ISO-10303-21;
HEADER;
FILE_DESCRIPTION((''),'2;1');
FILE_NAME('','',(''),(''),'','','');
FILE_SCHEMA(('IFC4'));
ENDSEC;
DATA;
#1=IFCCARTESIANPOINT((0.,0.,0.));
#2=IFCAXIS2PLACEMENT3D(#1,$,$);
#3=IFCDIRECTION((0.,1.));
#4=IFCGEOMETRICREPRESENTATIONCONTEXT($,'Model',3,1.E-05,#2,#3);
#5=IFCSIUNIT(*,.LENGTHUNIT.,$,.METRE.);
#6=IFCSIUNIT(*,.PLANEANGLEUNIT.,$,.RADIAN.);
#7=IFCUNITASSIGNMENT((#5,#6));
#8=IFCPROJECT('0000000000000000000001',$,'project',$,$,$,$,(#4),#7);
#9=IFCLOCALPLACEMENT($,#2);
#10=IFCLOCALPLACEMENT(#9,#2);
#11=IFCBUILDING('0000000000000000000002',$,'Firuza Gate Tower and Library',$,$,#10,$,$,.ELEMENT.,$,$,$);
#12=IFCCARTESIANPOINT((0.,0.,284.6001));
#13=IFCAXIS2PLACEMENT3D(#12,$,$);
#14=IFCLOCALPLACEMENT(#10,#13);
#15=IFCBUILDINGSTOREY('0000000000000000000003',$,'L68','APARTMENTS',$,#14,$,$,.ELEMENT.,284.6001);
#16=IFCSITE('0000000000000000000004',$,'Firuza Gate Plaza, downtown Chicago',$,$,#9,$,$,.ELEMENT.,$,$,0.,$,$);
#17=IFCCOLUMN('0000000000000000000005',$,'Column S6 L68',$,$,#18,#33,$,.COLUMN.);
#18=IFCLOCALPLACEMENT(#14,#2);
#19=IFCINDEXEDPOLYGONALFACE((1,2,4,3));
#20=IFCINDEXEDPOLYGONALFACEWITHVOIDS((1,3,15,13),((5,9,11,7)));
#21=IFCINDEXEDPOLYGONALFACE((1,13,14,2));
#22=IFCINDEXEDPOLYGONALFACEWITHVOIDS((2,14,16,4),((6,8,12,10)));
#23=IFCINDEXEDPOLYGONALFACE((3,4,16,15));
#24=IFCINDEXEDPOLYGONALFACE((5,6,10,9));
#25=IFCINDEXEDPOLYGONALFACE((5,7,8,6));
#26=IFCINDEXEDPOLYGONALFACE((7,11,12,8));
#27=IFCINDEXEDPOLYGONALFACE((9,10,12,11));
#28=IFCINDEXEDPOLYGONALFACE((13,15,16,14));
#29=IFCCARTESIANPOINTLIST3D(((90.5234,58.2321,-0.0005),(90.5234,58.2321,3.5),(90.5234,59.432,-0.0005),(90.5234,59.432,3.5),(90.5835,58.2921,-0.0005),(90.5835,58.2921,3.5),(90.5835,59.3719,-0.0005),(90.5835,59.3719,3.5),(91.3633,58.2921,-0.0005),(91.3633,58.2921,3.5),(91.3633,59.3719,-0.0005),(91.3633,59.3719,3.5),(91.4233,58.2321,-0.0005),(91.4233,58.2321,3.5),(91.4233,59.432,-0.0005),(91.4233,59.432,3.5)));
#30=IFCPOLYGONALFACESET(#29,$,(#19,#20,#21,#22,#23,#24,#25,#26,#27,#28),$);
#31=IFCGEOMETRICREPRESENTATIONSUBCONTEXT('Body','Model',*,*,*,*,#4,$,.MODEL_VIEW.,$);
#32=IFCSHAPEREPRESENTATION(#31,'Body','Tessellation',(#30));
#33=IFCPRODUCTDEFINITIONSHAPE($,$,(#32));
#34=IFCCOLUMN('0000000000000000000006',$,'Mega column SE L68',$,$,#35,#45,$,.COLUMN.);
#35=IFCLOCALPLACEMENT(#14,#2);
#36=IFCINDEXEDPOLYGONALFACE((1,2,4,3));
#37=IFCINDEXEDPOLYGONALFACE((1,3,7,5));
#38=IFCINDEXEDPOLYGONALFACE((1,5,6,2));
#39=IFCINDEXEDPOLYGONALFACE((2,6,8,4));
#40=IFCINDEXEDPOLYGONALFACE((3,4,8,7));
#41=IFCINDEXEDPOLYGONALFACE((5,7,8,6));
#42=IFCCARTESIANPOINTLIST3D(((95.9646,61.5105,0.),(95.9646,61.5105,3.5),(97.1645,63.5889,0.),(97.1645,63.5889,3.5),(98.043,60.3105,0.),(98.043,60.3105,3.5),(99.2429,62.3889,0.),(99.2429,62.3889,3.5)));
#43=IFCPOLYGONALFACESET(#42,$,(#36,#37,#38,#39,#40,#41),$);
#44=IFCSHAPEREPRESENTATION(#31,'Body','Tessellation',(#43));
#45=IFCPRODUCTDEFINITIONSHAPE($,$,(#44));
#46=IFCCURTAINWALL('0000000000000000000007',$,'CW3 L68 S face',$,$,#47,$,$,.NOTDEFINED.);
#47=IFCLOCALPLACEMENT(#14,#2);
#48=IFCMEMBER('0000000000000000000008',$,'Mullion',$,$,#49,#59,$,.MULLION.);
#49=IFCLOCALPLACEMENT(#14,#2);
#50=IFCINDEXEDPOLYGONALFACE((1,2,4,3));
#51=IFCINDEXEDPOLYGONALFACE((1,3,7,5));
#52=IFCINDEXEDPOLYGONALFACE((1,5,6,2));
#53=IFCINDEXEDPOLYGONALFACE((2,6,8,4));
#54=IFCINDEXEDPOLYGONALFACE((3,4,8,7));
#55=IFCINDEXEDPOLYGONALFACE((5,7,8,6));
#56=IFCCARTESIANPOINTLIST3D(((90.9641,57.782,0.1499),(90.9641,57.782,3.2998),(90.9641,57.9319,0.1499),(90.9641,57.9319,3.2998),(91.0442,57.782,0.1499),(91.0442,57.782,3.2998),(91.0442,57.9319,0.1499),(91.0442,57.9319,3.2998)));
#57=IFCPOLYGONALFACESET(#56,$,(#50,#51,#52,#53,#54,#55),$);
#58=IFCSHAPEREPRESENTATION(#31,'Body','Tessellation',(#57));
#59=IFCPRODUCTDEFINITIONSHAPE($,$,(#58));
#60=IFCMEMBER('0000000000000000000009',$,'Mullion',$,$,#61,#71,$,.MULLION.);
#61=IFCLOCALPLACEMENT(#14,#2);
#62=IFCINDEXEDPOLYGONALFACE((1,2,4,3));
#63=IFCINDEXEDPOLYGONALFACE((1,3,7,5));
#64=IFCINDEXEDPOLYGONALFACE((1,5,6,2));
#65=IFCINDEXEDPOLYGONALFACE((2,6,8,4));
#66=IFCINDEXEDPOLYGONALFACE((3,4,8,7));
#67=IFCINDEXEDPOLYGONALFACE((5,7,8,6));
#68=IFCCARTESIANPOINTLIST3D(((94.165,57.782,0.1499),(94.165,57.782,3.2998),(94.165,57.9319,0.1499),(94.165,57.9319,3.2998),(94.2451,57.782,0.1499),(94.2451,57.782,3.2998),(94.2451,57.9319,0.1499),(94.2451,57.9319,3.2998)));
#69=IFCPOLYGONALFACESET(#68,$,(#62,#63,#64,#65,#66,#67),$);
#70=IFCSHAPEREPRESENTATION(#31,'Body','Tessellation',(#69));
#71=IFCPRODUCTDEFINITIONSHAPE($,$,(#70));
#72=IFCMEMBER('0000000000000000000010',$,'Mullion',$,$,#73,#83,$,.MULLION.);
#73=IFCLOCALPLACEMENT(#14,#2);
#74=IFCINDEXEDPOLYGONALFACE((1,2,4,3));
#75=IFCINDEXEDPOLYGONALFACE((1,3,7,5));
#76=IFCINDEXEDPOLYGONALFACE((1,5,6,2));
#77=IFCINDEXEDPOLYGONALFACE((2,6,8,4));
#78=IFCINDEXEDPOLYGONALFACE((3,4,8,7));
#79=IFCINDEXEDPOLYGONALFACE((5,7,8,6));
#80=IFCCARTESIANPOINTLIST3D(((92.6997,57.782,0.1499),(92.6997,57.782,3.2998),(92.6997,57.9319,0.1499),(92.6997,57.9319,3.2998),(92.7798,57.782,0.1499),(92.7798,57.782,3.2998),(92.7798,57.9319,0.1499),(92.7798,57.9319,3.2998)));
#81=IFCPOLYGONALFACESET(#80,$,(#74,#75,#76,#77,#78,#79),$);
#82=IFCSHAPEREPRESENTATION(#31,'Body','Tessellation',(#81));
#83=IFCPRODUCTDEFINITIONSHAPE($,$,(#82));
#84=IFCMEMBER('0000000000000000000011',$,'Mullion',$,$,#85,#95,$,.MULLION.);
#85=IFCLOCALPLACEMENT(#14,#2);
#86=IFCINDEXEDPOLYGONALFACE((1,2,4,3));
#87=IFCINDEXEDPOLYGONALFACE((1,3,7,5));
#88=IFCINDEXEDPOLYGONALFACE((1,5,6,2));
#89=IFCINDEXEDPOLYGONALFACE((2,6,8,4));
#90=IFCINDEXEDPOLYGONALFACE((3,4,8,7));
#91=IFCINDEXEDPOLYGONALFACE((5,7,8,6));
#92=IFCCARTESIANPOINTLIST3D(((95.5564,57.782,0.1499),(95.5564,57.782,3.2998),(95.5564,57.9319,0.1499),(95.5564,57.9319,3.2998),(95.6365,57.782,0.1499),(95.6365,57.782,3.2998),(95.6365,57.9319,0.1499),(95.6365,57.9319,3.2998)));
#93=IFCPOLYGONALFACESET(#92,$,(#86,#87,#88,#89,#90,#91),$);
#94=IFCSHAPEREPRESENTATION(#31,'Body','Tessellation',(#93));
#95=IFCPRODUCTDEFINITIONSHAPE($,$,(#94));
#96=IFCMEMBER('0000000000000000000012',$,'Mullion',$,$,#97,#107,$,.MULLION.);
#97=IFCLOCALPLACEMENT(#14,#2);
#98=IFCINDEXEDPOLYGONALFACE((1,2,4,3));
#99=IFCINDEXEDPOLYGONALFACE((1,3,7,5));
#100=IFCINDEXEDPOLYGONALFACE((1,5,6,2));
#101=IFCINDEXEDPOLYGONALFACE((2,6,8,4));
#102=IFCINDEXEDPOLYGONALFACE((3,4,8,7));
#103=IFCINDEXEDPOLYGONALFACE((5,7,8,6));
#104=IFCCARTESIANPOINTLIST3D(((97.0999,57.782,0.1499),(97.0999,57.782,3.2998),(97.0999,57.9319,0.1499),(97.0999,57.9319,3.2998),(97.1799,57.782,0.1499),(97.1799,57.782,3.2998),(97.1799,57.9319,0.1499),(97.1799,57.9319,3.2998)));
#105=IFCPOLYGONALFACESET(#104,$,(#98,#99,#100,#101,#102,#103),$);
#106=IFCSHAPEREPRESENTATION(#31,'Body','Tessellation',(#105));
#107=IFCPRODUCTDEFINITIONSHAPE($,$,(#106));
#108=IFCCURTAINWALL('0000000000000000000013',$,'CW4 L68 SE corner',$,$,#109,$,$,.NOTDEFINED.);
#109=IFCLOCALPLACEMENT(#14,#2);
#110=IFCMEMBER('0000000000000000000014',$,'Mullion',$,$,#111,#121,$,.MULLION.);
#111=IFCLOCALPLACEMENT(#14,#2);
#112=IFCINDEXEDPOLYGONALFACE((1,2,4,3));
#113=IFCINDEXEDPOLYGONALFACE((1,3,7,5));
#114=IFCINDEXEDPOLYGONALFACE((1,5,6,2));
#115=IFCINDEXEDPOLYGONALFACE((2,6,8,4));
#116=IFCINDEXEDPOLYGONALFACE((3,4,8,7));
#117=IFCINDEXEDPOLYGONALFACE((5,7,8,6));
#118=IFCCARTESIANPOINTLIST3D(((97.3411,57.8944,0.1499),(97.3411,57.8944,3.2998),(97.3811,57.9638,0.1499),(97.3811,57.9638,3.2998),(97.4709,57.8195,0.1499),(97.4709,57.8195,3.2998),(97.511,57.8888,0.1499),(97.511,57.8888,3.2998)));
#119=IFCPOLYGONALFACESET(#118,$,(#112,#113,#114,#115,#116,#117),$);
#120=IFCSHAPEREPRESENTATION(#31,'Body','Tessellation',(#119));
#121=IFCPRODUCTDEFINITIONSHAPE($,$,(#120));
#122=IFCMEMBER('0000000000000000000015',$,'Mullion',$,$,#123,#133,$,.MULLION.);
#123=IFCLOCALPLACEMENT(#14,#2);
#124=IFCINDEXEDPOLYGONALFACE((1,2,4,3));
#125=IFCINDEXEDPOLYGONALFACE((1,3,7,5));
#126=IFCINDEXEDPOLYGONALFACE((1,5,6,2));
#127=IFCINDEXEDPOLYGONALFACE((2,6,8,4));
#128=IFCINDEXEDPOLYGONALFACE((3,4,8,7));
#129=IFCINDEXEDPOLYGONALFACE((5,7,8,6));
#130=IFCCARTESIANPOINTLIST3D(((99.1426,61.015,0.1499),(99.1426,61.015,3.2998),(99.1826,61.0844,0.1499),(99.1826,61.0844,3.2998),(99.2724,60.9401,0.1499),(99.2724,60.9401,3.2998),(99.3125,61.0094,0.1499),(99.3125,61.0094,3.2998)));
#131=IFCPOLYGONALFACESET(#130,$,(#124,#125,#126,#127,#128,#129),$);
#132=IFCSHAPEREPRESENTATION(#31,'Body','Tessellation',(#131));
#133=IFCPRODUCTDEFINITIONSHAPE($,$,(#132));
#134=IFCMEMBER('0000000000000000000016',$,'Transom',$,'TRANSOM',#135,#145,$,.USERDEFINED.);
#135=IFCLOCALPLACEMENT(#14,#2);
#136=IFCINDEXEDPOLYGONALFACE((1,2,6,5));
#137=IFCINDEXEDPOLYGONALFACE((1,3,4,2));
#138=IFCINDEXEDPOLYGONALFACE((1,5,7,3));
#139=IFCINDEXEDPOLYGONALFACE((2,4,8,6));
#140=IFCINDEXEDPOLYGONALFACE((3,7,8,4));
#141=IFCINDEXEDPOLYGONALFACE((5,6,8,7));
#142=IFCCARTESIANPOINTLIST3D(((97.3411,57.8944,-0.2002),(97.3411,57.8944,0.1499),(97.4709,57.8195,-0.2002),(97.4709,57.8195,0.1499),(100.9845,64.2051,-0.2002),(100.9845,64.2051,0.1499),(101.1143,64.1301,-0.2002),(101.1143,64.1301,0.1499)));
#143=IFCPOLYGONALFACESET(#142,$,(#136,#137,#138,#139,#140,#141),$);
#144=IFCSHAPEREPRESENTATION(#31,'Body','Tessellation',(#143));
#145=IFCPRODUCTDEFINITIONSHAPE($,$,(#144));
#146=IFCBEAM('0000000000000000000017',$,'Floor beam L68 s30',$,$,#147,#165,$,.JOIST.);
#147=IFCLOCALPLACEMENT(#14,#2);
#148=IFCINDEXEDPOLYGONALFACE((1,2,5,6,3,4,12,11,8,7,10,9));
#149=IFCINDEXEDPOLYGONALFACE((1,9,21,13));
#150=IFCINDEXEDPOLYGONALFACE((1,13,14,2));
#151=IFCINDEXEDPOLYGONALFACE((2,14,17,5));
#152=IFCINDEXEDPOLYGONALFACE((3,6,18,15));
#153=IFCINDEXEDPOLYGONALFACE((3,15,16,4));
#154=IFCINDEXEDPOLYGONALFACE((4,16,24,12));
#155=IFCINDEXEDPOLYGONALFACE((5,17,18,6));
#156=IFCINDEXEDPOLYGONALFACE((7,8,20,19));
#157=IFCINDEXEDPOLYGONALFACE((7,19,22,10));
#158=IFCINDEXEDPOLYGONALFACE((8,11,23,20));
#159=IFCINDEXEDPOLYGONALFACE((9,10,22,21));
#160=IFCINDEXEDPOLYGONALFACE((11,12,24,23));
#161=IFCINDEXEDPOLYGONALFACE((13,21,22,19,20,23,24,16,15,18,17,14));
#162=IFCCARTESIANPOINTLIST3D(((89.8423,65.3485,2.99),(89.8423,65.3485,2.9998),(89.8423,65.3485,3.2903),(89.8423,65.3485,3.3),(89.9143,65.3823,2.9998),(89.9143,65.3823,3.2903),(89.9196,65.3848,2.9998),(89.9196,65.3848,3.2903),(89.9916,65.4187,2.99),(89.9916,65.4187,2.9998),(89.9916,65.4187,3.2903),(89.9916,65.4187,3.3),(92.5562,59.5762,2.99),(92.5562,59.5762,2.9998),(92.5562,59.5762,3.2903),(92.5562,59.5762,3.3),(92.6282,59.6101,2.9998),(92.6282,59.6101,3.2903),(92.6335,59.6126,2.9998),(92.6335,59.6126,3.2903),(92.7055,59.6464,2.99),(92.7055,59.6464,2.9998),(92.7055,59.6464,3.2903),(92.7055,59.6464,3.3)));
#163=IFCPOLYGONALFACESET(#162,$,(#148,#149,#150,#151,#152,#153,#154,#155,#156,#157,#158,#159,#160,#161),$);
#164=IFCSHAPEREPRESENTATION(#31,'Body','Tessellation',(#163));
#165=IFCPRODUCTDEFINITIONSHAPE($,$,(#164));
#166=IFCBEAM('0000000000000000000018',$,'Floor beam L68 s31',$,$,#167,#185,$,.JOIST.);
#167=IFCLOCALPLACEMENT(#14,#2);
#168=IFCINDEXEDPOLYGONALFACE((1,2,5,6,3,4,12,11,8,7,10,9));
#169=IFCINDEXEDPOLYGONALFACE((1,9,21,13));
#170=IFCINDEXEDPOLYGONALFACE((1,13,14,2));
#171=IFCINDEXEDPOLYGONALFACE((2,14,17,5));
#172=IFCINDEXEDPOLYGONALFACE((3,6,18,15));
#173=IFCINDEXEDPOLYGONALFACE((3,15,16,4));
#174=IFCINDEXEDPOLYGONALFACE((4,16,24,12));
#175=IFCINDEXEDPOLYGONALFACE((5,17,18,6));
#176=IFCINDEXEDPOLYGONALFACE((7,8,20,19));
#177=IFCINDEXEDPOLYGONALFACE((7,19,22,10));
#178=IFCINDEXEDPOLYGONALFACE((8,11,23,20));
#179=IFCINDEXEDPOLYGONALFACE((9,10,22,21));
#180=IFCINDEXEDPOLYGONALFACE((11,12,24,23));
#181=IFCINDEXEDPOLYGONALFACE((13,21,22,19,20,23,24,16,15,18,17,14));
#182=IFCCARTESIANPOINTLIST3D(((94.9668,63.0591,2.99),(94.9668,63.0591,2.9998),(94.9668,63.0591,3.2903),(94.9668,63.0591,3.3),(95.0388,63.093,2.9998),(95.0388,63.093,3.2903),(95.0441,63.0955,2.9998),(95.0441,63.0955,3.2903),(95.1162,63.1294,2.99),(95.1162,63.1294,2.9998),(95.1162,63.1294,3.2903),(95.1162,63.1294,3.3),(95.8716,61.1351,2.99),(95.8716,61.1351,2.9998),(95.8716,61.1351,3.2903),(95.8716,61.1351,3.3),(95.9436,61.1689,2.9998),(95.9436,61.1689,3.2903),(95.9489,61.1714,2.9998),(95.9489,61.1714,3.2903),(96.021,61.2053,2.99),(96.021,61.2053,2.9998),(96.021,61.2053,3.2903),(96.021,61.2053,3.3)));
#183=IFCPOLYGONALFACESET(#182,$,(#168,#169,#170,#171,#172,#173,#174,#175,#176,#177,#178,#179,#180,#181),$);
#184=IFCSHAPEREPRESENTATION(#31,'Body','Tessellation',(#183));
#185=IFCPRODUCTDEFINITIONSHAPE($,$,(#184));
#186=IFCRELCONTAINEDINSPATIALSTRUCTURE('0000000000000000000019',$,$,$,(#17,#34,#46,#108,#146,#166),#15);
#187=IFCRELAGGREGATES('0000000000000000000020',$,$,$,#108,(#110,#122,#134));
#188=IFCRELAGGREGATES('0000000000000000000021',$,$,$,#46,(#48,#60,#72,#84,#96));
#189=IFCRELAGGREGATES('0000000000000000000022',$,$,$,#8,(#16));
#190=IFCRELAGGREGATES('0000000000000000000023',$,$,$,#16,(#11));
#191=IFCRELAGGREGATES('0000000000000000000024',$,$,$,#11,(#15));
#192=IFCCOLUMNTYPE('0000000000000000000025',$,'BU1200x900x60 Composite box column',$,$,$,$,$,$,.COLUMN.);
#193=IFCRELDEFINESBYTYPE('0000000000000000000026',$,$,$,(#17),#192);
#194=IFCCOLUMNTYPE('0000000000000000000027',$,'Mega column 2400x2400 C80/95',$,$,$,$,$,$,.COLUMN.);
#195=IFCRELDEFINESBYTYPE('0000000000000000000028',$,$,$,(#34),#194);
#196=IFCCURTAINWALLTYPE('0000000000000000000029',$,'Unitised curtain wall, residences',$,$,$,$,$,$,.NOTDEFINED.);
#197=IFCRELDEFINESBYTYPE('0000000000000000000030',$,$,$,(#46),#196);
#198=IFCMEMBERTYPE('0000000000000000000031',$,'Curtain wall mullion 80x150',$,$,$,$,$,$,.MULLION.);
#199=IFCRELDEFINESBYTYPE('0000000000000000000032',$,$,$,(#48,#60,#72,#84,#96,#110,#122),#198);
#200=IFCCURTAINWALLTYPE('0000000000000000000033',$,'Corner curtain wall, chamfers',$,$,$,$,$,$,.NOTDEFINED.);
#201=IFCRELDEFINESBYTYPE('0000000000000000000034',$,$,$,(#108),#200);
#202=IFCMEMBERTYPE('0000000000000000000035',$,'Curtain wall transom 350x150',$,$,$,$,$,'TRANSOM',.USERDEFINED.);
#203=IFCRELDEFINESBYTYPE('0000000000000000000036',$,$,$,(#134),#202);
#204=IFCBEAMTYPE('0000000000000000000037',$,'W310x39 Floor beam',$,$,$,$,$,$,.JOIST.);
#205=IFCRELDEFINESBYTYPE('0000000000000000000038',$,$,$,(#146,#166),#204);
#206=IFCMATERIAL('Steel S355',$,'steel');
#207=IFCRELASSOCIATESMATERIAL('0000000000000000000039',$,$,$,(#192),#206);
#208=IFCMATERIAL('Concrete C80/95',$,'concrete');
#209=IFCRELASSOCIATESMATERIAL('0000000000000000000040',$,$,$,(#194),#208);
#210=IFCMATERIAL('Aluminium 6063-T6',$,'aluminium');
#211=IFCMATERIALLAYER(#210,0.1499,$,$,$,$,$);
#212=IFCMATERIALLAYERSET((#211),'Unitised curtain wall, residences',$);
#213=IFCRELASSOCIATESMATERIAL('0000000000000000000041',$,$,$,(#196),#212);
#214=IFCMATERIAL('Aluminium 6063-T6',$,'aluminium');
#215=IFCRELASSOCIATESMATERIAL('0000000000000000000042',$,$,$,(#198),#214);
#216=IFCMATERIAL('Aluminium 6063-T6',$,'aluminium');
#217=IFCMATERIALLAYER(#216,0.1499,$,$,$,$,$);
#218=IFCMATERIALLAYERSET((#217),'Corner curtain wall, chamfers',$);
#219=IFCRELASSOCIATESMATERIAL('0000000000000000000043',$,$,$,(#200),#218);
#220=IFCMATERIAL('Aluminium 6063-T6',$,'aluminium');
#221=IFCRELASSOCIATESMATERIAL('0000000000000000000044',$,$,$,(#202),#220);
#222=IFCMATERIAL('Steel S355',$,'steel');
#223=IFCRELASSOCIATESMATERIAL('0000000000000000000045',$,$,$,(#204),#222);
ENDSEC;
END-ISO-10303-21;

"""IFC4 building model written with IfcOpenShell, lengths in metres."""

from ifc_helpers import new_model, si_unit, direction, frame, origin, origin_2d, place, context, subcontext, project, spatial, rectangle, hollow_rectangle, i_section, extrude, material, layer, layer_set, material_profile, profile_set, type_object, element, aggregate, save


model = new_model("IFC4")

# Units and contexts
model_context = context("Model", 3, precision=1e-05, world=origin(), true_north=direction((0.0, 1.0)))
body_context = subcontext(model_context, "Body", "Model", "MODEL_VIEW")
ifc_project = project(units=[si_unit("LENGTHUNIT", "METRE"), si_unit("PLANEANGLEUNIT", "RADIAN")], contexts=[model_context])

# Site, building, storey
site_placement = place(None, origin())
site = spatial("IfcSite", under=ifc_project, at=site_placement, Name="Firuza Gate Plaza, downtown Chicago", CompositionType="ELEMENT", RefElevation=0.0)
building_placement = place(site_placement, origin())
building = spatial("IfcBuilding", under=site, at=building_placement, Name="Firuza Gate Tower and Library", CompositionType="ELEMENT")
storey_placement = place(building_placement, frame((0.0, 0.0, 284.6001)))
storey = spatial("IfcBuildingStorey", under=building, at=storey_placement, Name="L68", Description="APARTMENTS", CompositionType="ELEMENT", Elevation=284.6001)

# Columns
ifc_material_1 = material(Name="Steel S355", Category="steel")
ifc_material_profile_1 = material_profile(ifc_material_1, hollow_rectangle(XDim=0.8999, YDim=1.2, WallThickness=0.0601, at=origin_2d()))
ifc_profile_set_1 = profile_set([ifc_material_profile_1], Name="Steel S355")
column_type_1 = type_object("IfcColumnType", Name="BU1200x900x60 Composite box column", PredefinedType="COLUMN", material=ifc_profile_set_1)
column_1_placement = place(storey_placement, frame((90.9734, 58.832, -0.0005), z_axis=(0.0, 0.0, 1.0), x_axis=(1.0, 0.0, 0.0)))
element("IfcColumn", 1, at=column_1_placement, inside=storey, type_object=column_type_1, Name="Column S6 L68", PredefinedType="COLUMN", context=body_context, shape_type="SweptSolid", body=[
    extrude(hollow_rectangle(XDim=0.8999, YDim=1.2, WallThickness=0.0601, at=origin_2d()), origin(), (0.0, 0.0, 1.0), 3.5005),
])
ifc_material_2 = material(Name="Concrete C80/95", Category="concrete")
ifc_material_profile_2 = material_profile(ifc_material_2, rectangle(XDim=2.3999, YDim=2.3999, at=origin_2d()))
ifc_profile_set_2 = profile_set([ifc_material_profile_2], Name="Concrete C80/95")
column_type_2 = type_object("IfcColumnType", Name="Mega column 2400x2400 C80/95", PredefinedType="COLUMN", material=ifc_profile_set_2)
column_2_placement = place(storey_placement, frame((97.6038, 61.9497, 0.0), z_axis=(0.0, 0.0, 1.0), x_axis=(0.5, 0.866025, 0.0)))
element("IfcColumn", 2, at=column_2_placement, inside=storey, type_object=column_type_2, Name="Mega column SE L68", PredefinedType="COLUMN", context=body_context, shape_type="SweptSolid", body=[
    extrude(rectangle(XDim=2.3999, YDim=2.3999, at=origin_2d()), origin(), (0.0, 0.0, 1.0), 3.5),
])

# Curtain walls, members
ifc_material_3 = material(Name="Aluminium 6063-T6", Category="aluminium")
ifc_layer_1 = layer(ifc_material_3, 0.1499)
ifc_layer_set_1 = layer_set([ifc_layer_1], Name="Unitised curtain wall, residences")
curtain_wall_type_1 = type_object("IfcCurtainWallType", Name="Unitised curtain wall, residences", PredefinedType="NOTDEFINED", material=ifc_layer_set_1)
placement = place(storey_placement, origin())
curtain_wall_1 = element("IfcCurtainWall", 3, at=placement, inside=storey, type_object=curtain_wall_type_1, Name="CW3 L68 S face", PredefinedType="NOTDEFINED")
ifc_material_4 = material(Name="Aluminium 6063-T6", Category="aluminium")
ifc_material_profile_3 = material_profile(ifc_material_4, rectangle(XDim=0.1499, YDim=0.0801, at=origin_2d()))
ifc_profile_set_3 = profile_set([ifc_material_profile_3], Name="Aluminium 6063-T6")
member_type_1 = type_object("IfcMemberType", Name="Curtain wall mullion 80x150", PredefinedType="MULLION", material=ifc_profile_set_3)
member_1_placement = place(storey_placement, frame((91.0042, 57.8569, 0.1499), z_axis=(0.0, 0.0, 1.0), x_axis=(0.0, 1.0, 0.0)))
member_1 = element("IfcMember", 4, at=member_1_placement, type_object=member_type_1, Name="Mullion", PredefinedType="MULLION", context=body_context, shape_type="SweptSolid", body=[
    extrude(rectangle(XDim=0.1499, YDim=0.0801, at=origin_2d()), origin(), (0.0, 0.0, 1.0), 3.1499),
])
member_2_placement = place(storey_placement, frame((94.2051, 57.8569, 0.1499), z_axis=(0.0, 0.0, 1.0), x_axis=(0.0, 1.0, 0.0)))
member_2 = element("IfcMember", 5, at=member_2_placement, type_object=member_type_1, Name="Mullion", PredefinedType="MULLION", context=body_context, shape_type="SweptSolid", body=[
    extrude(rectangle(XDim=0.1499, YDim=0.0801, at=origin_2d()), origin(), (0.0, 0.0, 1.0), 3.1499),
])
member_3_placement = place(storey_placement, frame((92.7397, 57.8569, 0.1499), z_axis=(0.0, 0.0, 1.0), x_axis=(0.0, 1.0, 0.0)))
member_3 = element("IfcMember", 6, at=member_3_placement, type_object=member_type_1, Name="Mullion", PredefinedType="MULLION", context=body_context, shape_type="SweptSolid", body=[
    extrude(rectangle(XDim=0.1499, YDim=0.0801, at=origin_2d()), origin(), (0.0, 0.0, 1.0), 3.1499),
])
member_4_placement = place(storey_placement, frame((95.5964, 57.8569, 0.1499), z_axis=(0.0, 0.0, 1.0), x_axis=(0.0, 1.0, 0.0)))
member_4 = element("IfcMember", 7, at=member_4_placement, type_object=member_type_1, Name="Mullion", PredefinedType="MULLION", context=body_context, shape_type="SweptSolid", body=[
    extrude(rectangle(XDim=0.1499, YDim=0.0801, at=origin_2d()), origin(), (0.0, 0.0, 1.0), 3.1499),
])
member_5_placement = place(storey_placement, frame((97.1399, 57.8569, 0.1499), z_axis=(0.0, 0.0, 1.0), x_axis=(0.0, 1.0, 0.0)))
member_5 = element("IfcMember", 8, at=member_5_placement, type_object=member_type_1, Name="Mullion", PredefinedType="MULLION", context=body_context, shape_type="SweptSolid", body=[
    extrude(rectangle(XDim=0.1499, YDim=0.0801, at=origin_2d()), origin(), (0.0, 0.0, 1.0), 3.1499),
])
ifc_material_5 = material(Name="Aluminium 6063-T6", Category="aluminium")
ifc_layer_2 = layer(ifc_material_5, 0.1499)
ifc_layer_set_2 = layer_set([ifc_layer_2], Name="Corner curtain wall, chamfers")
curtain_wall_type_2 = type_object("IfcCurtainWallType", Name="Corner curtain wall, chamfers", PredefinedType="NOTDEFINED", material=ifc_layer_set_2)
curtain_wall_2 = element("IfcCurtainWall", 9, at=placement, inside=storey, type_object=curtain_wall_type_2, Name="CW4 L68 SE corner", PredefinedType="NOTDEFINED")
member_6_placement = place(storey_placement, frame((97.426, 57.8916, 0.1499), z_axis=(0.0, 0.0, 1.0), x_axis=(-0.866025, 0.5, 0.0)))
member_6 = element("IfcMember", 10, at=member_6_placement, type_object=member_type_1, Name="Mullion", PredefinedType="MULLION", context=body_context, shape_type="SweptSolid", body=[
    extrude(rectangle(XDim=0.1499, YDim=0.0801, at=origin_2d()), origin(), (0.0, 0.0, 1.0), 3.1499),
])
member_7_placement = place(storey_placement, frame((99.2275, 61.0122, 0.1499), z_axis=(0.0, 0.0, 1.0), x_axis=(-0.866025, 0.5, 0.0)))
member_7 = element("IfcMember", 11, at=member_7_placement, type_object=member_type_1, Name="Mullion", PredefinedType="MULLION", context=body_context, shape_type="SweptSolid", body=[
    extrude(rectangle(XDim=0.1499, YDim=0.0801, at=origin_2d()), origin(), (0.0, 0.0, 1.0), 3.1499),
])
ifc_material_6 = material(Name="Aluminium 6063-T6", Category="aluminium")
ifc_material_profile_4 = material_profile(ifc_material_6, rectangle(XDim=0.1499, YDim=0.3501, at=origin_2d()))
ifc_profile_set_4 = profile_set([ifc_material_profile_4], Name="Aluminium 6063-T6")
member_type_2 = type_object("IfcMemberType", Name="Curtain wall transom 350x150", ElementType="TRANSOM", PredefinedType="USERDEFINED", material=ifc_profile_set_4)
member_8_placement = place(storey_placement, frame((97.406, 57.8569, -0.0251), z_axis=(0.499991, 0.86603, 0.0), x_axis=(-0.86603, 0.499991, 0.0)))
member_8 = element("IfcMember", 12, at=member_8_placement, type_object=member_type_2, Name="Transom", ObjectType="TRANSOM", PredefinedType="USERDEFINED", context=body_context, shape_type="SweptSolid", body=[
    extrude(rectangle(XDim=0.1499, YDim=0.3501, at=origin_2d()), origin(), (0.0, 0.0, 1.0), 7.2869),
])

# Beams
ifc_material_7 = material(Name="Steel S355", Category="steel")
ifc_material_profile_5 = material_profile(ifc_material_7, i_section(OverallWidth=0.165, OverallDepth=0.3101, WebThickness=0.0059, FlangeThickness=0.0098, at=origin_2d()))
ifc_profile_set_5 = profile_set([ifc_material_profile_5], Name="Steel S355")
beam_type_1 = type_object("IfcBeamType", Name="W310x39 Floor beam", PredefinedType="JOIST", material=ifc_profile_set_5)
beam_1_placement = place(storey_placement, frame((92.6309, 59.6113, 3.145), z_axis=(-0.42548, 0.904968, 0.0), x_axis=(-0.904968, -0.42548, 0.0)))
element("IfcBeam", 13, at=beam_1_placement, inside=storey, type_object=beam_type_1, Name="Floor beam L68 s30", PredefinedType="JOIST", context=body_context, shape_type="SweptSolid", body=[
    extrude(i_section(OverallWidth=0.165, OverallDepth=0.3101, WebThickness=0.0059, FlangeThickness=0.0098, at=origin_2d()), origin(), (0.0, 0.0, 1.0), 6.3784),
])
beam_2_placement = place(storey_placement, frame((95.9463, 61.1702, 3.145), z_axis=(-0.425543, 0.904938, 0.0), x_axis=(-0.904938, -0.425543, 0.0)))
element("IfcBeam", 14, at=beam_2_placement, inside=storey, type_object=beam_type_1, Name="Floor beam L68 s31", PredefinedType="JOIST", context=body_context, shape_type="SweptSolid", body=[
    extrude(i_section(OverallWidth=0.165, OverallDepth=0.3101, WebThickness=0.0059, FlangeThickness=0.0098, at=origin_2d()), origin(), (0.0, 0.0, 1.0), 2.1262),
])

aggregate(curtain_wall_2, [member_6, member_7, member_8])
aggregate(curtain_wall_1, [member_1, member_2, member_3, member_4, member_5])

save(model, "model.ifc")
